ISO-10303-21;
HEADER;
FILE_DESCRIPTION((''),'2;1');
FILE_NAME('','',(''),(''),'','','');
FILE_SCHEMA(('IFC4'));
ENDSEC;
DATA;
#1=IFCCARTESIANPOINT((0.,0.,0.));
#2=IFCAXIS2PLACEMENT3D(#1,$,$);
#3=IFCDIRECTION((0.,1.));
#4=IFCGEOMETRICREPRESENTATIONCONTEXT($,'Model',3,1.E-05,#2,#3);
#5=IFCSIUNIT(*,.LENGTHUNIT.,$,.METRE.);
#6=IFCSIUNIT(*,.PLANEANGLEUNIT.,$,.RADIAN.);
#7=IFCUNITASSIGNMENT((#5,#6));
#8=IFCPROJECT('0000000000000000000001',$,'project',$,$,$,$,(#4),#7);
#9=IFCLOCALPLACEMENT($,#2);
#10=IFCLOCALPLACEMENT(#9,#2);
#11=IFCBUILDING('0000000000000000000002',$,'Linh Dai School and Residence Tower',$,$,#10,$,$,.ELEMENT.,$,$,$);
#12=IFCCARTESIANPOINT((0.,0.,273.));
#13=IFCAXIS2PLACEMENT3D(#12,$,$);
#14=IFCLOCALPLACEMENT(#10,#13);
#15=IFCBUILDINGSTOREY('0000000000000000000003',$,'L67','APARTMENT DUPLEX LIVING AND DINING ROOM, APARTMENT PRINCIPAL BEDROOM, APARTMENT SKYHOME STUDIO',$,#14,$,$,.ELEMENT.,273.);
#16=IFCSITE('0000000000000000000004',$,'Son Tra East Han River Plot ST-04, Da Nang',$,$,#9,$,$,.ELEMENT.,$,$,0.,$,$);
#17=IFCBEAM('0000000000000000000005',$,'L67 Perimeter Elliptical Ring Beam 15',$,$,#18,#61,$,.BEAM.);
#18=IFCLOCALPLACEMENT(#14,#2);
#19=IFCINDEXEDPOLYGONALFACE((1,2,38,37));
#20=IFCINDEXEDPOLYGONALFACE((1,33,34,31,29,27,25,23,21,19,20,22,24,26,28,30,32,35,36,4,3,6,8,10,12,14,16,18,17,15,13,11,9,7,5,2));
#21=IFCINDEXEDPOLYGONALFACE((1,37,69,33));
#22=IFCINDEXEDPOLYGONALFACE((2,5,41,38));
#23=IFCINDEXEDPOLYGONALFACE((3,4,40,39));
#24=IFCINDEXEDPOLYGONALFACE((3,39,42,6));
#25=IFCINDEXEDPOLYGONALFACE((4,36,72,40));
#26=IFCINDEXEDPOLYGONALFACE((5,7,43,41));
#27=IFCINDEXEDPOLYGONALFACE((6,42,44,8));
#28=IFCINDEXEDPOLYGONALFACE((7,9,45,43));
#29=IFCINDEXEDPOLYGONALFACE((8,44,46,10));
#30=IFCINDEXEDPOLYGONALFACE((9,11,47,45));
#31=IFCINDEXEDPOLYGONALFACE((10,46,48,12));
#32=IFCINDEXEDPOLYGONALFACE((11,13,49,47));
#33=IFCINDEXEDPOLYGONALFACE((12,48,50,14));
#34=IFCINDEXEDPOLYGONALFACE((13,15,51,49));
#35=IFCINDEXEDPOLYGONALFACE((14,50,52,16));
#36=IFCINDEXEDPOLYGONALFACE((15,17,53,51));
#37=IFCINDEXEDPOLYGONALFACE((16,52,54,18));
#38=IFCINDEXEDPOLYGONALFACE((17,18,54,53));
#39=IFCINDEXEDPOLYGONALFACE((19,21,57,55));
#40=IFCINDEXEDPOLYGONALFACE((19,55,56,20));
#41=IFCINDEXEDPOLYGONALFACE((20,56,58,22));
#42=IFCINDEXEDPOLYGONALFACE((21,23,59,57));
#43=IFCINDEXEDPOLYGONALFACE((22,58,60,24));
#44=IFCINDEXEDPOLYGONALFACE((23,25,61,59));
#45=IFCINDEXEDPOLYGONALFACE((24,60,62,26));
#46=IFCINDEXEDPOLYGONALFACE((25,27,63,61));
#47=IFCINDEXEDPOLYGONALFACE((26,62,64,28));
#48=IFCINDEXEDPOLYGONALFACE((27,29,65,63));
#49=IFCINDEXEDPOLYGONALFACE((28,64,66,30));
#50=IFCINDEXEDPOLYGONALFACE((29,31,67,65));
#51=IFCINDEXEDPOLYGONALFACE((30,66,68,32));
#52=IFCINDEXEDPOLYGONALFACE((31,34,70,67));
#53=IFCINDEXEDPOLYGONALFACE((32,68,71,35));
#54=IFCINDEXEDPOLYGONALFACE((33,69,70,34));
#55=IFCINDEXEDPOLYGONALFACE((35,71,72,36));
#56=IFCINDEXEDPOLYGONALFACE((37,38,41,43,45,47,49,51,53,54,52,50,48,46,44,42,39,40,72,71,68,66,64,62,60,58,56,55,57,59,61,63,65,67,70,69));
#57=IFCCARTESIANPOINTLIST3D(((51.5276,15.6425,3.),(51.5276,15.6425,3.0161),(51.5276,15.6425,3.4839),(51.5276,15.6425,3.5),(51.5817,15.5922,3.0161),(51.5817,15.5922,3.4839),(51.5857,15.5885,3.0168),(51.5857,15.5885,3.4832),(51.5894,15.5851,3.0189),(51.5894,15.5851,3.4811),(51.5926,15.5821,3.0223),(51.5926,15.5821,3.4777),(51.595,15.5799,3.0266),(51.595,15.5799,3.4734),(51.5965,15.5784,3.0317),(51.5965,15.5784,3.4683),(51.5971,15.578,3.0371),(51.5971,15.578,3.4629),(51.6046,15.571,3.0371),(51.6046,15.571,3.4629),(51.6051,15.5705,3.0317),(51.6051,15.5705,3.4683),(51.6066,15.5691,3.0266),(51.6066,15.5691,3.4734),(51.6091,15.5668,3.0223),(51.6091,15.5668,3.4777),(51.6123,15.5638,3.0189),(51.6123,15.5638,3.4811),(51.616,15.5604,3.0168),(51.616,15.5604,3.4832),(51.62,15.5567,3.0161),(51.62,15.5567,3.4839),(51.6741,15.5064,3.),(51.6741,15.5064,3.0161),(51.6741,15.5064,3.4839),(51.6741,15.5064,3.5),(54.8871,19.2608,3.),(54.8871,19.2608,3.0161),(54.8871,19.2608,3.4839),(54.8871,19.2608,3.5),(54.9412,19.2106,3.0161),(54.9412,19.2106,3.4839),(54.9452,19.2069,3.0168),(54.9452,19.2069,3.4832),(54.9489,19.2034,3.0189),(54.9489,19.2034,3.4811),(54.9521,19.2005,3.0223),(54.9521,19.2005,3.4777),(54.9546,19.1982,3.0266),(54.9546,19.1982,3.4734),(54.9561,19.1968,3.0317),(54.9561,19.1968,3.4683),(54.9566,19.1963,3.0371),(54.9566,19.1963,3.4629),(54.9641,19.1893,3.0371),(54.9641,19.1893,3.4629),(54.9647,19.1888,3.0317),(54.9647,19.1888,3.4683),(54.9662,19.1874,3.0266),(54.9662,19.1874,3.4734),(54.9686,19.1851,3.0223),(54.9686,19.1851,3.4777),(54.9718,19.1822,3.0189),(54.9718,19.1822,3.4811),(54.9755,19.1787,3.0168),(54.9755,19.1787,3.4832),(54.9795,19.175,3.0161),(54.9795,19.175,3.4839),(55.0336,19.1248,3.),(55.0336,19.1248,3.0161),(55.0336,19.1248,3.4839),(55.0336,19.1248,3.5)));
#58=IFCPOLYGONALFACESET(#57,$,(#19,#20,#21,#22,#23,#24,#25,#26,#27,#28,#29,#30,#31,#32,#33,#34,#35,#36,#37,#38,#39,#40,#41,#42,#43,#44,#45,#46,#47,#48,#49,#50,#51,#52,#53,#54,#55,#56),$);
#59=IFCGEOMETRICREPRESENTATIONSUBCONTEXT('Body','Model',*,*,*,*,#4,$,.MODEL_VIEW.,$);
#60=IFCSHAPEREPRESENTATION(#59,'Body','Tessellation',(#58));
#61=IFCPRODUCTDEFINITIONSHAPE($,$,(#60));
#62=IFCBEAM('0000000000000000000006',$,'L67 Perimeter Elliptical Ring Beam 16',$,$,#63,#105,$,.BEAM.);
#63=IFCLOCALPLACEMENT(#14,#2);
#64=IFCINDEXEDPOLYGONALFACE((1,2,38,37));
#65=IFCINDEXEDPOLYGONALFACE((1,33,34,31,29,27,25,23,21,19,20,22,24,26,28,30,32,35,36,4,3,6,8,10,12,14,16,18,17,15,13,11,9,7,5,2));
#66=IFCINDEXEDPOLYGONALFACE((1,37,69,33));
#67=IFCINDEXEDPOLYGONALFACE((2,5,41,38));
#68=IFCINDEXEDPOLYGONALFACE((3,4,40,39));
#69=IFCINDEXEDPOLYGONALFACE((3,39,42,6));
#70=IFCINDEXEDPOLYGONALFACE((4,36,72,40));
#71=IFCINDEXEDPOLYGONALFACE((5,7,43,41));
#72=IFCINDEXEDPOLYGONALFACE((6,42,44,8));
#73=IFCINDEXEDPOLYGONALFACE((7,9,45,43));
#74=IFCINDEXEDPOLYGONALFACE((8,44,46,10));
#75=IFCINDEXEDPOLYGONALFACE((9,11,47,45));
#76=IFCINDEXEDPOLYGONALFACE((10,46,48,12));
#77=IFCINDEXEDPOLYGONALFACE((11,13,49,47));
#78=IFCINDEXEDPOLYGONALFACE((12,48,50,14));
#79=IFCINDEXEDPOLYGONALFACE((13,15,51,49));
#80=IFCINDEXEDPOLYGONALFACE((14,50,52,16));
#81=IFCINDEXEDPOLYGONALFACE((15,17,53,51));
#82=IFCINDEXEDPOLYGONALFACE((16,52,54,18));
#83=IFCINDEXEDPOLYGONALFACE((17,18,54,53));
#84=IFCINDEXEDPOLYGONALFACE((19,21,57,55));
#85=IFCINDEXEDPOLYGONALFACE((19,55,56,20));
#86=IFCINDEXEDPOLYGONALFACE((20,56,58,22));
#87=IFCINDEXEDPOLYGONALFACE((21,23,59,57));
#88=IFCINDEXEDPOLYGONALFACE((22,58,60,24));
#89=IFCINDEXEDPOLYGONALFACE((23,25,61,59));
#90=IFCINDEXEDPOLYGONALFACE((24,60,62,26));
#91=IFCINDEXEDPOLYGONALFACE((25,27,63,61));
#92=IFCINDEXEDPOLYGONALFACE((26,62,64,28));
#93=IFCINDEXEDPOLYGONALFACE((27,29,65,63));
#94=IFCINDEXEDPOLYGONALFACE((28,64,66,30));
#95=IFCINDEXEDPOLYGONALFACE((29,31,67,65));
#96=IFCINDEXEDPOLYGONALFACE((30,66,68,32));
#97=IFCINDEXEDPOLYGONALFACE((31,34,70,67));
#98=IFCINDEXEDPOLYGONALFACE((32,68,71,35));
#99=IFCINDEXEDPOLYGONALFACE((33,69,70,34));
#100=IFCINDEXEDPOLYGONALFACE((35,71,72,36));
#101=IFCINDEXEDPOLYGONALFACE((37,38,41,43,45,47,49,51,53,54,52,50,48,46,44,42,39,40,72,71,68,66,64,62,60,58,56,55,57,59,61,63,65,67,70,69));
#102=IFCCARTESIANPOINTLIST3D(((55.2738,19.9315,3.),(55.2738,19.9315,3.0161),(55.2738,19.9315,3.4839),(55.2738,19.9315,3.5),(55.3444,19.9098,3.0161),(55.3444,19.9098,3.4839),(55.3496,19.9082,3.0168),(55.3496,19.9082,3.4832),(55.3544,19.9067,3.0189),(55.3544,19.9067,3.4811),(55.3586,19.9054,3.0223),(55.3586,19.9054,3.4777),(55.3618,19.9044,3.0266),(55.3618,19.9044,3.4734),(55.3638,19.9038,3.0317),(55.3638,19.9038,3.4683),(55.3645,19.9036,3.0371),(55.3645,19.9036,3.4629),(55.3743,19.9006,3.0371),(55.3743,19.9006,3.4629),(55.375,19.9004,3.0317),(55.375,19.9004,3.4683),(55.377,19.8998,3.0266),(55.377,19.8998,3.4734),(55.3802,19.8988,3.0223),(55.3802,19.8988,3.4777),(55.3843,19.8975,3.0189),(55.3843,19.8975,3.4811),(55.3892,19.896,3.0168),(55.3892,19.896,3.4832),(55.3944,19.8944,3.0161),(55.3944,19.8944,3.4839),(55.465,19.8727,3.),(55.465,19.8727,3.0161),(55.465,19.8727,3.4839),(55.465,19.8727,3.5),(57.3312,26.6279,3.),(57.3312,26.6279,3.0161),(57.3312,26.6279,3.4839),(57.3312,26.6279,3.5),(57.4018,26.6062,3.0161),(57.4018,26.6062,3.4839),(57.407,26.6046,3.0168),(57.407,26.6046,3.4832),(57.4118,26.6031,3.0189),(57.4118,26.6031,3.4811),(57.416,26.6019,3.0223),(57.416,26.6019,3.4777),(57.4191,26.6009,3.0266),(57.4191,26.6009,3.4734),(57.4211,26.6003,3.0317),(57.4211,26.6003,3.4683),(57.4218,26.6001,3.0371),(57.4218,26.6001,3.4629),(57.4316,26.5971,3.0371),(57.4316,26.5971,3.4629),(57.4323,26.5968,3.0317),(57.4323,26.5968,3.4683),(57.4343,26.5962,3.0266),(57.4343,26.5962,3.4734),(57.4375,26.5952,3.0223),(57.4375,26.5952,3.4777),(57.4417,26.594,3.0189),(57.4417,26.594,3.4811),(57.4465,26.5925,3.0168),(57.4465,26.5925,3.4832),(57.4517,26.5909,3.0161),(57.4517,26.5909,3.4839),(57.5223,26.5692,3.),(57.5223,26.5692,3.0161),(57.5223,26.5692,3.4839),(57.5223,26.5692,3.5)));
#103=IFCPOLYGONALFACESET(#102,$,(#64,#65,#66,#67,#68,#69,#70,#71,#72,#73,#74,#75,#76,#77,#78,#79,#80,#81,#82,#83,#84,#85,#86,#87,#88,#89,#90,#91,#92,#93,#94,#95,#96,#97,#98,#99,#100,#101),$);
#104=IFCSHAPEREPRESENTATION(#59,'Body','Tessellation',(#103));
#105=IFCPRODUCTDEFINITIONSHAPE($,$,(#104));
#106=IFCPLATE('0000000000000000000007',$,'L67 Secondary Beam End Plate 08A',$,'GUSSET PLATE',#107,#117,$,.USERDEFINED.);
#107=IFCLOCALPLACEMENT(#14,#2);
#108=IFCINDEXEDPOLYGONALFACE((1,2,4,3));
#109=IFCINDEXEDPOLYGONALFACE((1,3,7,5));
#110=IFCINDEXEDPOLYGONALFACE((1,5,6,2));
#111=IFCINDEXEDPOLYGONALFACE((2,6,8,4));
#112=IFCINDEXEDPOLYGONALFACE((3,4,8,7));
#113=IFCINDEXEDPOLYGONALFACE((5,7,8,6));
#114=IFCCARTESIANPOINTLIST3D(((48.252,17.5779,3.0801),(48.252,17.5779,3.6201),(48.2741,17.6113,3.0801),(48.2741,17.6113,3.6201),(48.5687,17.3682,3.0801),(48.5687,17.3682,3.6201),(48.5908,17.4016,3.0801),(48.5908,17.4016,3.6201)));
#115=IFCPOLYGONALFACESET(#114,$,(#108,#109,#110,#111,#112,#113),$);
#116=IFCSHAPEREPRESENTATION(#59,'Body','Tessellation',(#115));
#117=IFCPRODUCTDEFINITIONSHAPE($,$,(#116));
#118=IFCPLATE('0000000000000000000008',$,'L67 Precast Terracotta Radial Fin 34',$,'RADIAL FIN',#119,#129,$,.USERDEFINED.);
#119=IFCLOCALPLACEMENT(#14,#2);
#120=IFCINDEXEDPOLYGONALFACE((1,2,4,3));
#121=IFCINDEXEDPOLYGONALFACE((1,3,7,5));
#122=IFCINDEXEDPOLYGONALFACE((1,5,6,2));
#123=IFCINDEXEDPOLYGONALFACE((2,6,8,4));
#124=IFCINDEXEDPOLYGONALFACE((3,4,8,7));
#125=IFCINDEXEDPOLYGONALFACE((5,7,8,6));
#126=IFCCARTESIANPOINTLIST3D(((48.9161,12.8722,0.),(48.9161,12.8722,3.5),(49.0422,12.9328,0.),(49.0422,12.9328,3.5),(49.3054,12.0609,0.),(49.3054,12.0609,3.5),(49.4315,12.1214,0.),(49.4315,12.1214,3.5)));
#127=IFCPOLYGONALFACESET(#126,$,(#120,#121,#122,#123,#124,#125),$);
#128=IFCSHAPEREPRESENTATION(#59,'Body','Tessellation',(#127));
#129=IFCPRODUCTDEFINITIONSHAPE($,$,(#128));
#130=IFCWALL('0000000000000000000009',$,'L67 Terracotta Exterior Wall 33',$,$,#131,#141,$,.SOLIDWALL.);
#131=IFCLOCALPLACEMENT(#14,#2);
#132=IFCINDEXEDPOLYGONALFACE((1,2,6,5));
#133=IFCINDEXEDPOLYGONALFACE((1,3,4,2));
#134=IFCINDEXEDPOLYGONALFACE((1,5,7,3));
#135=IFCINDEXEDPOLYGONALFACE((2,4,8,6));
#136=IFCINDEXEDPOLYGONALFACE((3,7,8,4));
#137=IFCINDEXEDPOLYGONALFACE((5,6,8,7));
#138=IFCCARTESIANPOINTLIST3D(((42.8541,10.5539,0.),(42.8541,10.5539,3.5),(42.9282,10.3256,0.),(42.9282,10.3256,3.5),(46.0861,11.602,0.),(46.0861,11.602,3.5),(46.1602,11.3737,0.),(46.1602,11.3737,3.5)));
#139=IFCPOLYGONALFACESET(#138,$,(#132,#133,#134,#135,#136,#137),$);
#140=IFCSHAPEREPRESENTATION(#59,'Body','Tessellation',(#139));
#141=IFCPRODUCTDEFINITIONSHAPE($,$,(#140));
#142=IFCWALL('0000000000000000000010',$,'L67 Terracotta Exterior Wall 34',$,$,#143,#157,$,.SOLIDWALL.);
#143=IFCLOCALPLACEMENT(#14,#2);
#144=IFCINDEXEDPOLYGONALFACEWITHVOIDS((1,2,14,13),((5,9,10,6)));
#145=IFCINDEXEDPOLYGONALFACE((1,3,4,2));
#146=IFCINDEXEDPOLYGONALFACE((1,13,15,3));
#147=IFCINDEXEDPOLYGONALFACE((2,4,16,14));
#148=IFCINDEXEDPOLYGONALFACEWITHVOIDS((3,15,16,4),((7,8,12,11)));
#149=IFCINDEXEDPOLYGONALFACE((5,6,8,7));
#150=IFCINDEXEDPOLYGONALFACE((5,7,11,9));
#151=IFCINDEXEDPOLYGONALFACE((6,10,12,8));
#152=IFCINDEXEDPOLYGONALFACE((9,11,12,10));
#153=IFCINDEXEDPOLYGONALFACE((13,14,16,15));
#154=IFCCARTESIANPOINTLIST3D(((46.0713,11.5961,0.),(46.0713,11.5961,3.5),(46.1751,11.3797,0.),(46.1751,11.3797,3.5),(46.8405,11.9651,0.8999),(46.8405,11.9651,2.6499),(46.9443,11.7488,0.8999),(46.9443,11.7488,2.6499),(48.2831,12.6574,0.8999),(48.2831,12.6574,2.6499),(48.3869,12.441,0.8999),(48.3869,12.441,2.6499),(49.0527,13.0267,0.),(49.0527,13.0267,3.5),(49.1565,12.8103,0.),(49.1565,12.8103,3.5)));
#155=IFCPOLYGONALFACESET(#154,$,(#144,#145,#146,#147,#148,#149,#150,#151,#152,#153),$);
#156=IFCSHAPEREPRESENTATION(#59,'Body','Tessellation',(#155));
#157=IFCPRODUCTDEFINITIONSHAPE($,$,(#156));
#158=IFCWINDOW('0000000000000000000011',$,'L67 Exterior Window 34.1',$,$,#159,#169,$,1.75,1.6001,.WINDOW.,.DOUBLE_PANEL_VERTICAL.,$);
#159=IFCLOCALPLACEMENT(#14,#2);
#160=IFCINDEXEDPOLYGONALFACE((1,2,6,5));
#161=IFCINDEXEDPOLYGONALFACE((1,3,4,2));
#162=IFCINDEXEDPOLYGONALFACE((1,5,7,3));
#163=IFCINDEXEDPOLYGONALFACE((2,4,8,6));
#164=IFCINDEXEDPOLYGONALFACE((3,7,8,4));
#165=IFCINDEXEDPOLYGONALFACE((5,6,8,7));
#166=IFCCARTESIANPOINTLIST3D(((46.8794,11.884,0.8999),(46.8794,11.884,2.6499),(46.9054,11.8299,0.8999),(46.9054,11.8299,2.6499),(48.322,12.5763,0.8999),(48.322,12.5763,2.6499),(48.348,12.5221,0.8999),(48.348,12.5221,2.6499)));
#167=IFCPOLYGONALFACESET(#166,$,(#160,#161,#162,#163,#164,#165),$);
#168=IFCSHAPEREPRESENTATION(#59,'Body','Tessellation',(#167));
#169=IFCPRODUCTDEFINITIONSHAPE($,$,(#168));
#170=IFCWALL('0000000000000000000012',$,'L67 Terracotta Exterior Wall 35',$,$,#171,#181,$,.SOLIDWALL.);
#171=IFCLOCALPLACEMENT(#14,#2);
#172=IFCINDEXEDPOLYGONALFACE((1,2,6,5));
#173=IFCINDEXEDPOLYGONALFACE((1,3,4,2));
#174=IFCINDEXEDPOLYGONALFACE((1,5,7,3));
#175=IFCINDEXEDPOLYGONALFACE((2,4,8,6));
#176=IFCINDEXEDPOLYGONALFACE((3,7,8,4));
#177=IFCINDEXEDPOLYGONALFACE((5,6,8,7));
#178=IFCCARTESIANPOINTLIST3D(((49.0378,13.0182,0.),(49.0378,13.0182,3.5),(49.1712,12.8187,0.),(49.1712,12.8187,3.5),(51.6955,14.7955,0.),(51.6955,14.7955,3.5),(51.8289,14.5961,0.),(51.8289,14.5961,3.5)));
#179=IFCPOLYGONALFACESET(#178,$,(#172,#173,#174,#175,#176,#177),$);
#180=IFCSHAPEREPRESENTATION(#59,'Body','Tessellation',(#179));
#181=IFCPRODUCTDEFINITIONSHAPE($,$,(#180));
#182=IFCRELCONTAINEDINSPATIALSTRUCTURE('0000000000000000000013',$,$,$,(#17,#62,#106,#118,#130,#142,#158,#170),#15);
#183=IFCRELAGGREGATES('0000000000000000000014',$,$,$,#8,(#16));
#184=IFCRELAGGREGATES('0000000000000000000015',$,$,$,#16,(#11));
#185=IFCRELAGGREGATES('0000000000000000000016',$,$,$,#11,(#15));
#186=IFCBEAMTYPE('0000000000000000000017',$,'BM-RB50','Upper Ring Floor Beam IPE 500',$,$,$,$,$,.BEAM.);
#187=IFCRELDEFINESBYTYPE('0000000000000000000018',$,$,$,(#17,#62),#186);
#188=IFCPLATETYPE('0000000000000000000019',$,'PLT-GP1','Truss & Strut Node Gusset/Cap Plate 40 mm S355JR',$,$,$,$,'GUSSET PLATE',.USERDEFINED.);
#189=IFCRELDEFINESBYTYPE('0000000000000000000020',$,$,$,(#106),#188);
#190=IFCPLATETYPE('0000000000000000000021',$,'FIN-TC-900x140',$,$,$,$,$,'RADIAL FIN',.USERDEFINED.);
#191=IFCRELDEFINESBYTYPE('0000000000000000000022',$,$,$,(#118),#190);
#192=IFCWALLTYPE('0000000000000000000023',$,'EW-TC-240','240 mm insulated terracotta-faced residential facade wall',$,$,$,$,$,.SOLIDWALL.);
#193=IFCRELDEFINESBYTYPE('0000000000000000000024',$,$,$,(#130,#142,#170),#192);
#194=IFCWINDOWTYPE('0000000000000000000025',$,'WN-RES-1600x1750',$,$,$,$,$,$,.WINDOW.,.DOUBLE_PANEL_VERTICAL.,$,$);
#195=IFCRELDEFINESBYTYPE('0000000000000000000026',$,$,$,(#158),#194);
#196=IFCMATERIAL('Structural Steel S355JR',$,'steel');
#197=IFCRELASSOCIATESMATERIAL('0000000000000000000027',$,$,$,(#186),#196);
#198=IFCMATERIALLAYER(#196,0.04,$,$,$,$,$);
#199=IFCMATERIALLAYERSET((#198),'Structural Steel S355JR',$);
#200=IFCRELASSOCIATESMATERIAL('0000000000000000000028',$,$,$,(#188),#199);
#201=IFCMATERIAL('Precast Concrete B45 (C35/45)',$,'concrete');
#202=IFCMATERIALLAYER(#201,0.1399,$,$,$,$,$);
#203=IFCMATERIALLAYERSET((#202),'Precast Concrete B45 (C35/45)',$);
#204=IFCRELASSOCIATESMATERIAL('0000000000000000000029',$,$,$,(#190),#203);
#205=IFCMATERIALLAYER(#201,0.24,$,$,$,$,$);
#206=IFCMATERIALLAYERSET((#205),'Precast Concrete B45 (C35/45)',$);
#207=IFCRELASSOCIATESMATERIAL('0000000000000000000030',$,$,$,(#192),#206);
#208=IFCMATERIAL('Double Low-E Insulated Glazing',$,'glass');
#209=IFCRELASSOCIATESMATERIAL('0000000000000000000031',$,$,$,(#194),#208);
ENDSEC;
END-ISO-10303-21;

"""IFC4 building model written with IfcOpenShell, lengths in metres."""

from ifc_helpers import new_model, si_unit, direction, frame, frame_2d, origin, origin_2d, place, context, subcontext, project, spatial, rectangle, i_section, extrude, source, transform, mapped, material, layer, layer_set, material_profile, profile_set, type_object, element, fill, save


model = new_model("IFC4")

# Units and contexts
model_context = context("Model", 3, precision=1e-05, world=origin(), true_north=direction((0.0, 1.0)))
body_context = subcontext(model_context, "Body", "Model", "MODEL_VIEW")
ifc_project = project(units=[si_unit("LENGTHUNIT", "METRE"), si_unit("PLANEANGLEUNIT", "RADIAN")], contexts=[model_context])

# Site, building, storey
site_placement = place(None, origin())
site = spatial("IfcSite", under=ifc_project, at=site_placement, Name="Son Tra East Han River Plot ST-04, Da Nang", CompositionType="ELEMENT", RefElevation=0.0)
building_placement = place(site_placement, origin())
building = spatial("IfcBuilding", under=site, at=building_placement, Name="Linh Dai School and Residence Tower", CompositionType="ELEMENT")
storey_placement = place(building_placement, frame((0.0, 0.0, 273.0)))
storey = spatial("IfcBuildingStorey", under=building, at=storey_placement, Name="L67", Description="APARTMENT DUPLEX LIVING AND DINING ROOM, APARTMENT PRINCIPAL BEDROOM, APARTMENT SKYHOME STUDIO", CompositionType="ELEMENT", Elevation=273.0)

# Shared definitions
ifc_material_1 = material(Name="Structural Steel S355JR", Category="steel")

# Beams
ifc_material_profile_1 = material_profile(ifc_material_1, i_section(OverallWidth=0.2, OverallDepth=0.5, WebThickness=0.0103, FlangeThickness=0.0161, FilletRadius=0.021, at=origin_2d()), Name="IPE 500")
ifc_profile_set_1 = profile_set([ifc_material_profile_1], Name="Structural Steel S355JR")
beam_type_1 = type_object("IfcBeamType", Name="BM-RB50", Description="Upper Ring Floor Beam IPE 500", PredefinedType="BEAM", material=ifc_profile_set_1)
beam_1_placement = place(storey_placement, frame((51.6008, 15.5745, 3.25), z_axis=(0.680415, 0.732827, 0.0), x_axis=(-0.732827, 0.680415, 0.0)))
element("IfcBeam", 1, at=beam_1_placement, inside=storey, type_object=beam_type_1, Name="L67 Perimeter Elliptical Ring Beam 15", PredefinedType="BEAM", context=body_context, shape_type="SweptSolid", body=[
    extrude(i_section(OverallWidth=0.2, OverallDepth=0.5, WebThickness=0.0103, FlangeThickness=0.0161, FilletRadius=0.021, at=origin_2d()), origin(), (0.0, 0.0, 1.0), 4.9375),
])
beam_2_placement = place(storey_placement, frame((55.3694, 19.9021, 3.25), z_axis=(0.293682, 0.955903, 0.0), x_axis=(-0.955903, 0.293682, 0.0)))
element("IfcBeam", 2, at=beam_2_placement, inside=storey, type_object=beam_type_1, Name="L67 Perimeter Elliptical Ring Beam 16", PredefinedType="BEAM", context=body_context, shape_type="SweptSolid", body=[
    extrude(i_section(OverallWidth=0.2, OverallDepth=0.5, WebThickness=0.0103, FlangeThickness=0.0161, FilletRadius=0.021, at=origin_2d()), origin(), (0.0, 0.0, 1.0), 7.0054),
])

# Plates
ifc_layer_1 = layer(ifc_material_1, 0.04)
ifc_layer_set_1 = layer_set([ifc_layer_1], Name="Structural Steel S355JR")
plate_type_1 = type_object("IfcPlateType", Name="PLT-GP1", Description="Truss & Strut Node Gusset/Cap Plate 40 mm S355JR", ElementType="GUSSET PLATE", PredefinedType="USERDEFINED", material=ifc_layer_set_1)
shared_shape_1 = source(origin(), body_context, "Body", "SweptSolid", [
    extrude(rectangle(XDim=0.04, YDim=0.3799, at=origin_2d()), origin(), (0.0, 0.0, 1.0), 0.54),
])
plate_1_placement = place(storey_placement, frame((48.4214, 17.4897, 3.0801), z_axis=(0.0, 0.0, 1.0), x_axis=(0.552122, 0.833763, 0.0)))
element("IfcPlate", 3, at=plate_1_placement, inside=storey, type_object=plate_type_1, Name="L67 Secondary Beam End Plate 08A", ObjectType="GUSSET PLATE", PredefinedType="USERDEFINED", context=body_context, shape_type="MappedRepresentation", body=[
    mapped(shared_shape_1, transform((0.0, 0.0, 0.0), x_axis=(1.0, 0.0, 0.0), y_axis=(0.0, 1.0, 0.0), z_axis=(0.0, 0.0, 1.0), scale=1.0)),
])
ifc_material_2 = material(Name="Precast Concrete B45 (C35/45)", Category="concrete")
ifc_layer_2 = layer(ifc_material_2, 0.1399)
ifc_layer_set_2 = layer_set([ifc_layer_2], Name="Precast Concrete B45 (C35/45)")
plate_type_2 = type_object("IfcPlateType", Name="FIN-TC-900x140", ElementType="RADIAL FIN", PredefinedType="USERDEFINED", material=ifc_layer_set_2)
shared_shape_2 = source(origin(), body_context, "Body", "SweptSolid", [
    extrude(rectangle(XDim=0.8999, YDim=0.1399, at=origin_2d()), origin(), (0.0, 0.0, 1.0), 3.5),
])
plate_2_placement = place(storey_placement, frame((49.1738, 12.4968, 0.0), z_axis=(0.0, 0.0, 1.0), x_axis=(0.432612, -0.90158, 0.0)))
element("IfcPlate", 4, at=plate_2_placement, inside=storey, type_object=plate_type_2, Name="L67 Precast Terracotta Radial Fin 34", ObjectType="RADIAL FIN", PredefinedType="USERDEFINED", context=body_context, shape_type="MappedRepresentation", body=[
    mapped(shared_shape_2, transform((0.0, 0.0, 0.0), x_axis=(1.0, 0.0, 0.0), y_axis=(0.0, 1.0, 0.0), z_axis=(0.0, 0.0, 1.0), scale=1.0)),
])

# Wall
ifc_layer_3 = layer(ifc_material_2, 0.24)
ifc_layer_set_3 = layer_set([ifc_layer_3], Name="Precast Concrete B45 (C35/45)")
wall_type_1 = type_object("IfcWallType", Name="EW-TC-240", Description="240 mm insulated terracotta-faced residential facade wall", PredefinedType="SOLIDWALL", material=ifc_layer_set_3)
wall_1_placement = place(storey_placement, frame((46.123, 11.4878, 0.0), z_axis=(0.0, 0.0, 1.0), x_axis=(-0.951231, -0.308478, 0.0)))
element("IfcWall", 5, at=wall_1_placement, inside=storey, type_object=wall_type_1, Name="L67 Terracotta Exterior Wall 33", PredefinedType="SOLIDWALL", context=body_context, shape_type="SweptSolid", body=[
    extrude(rectangle(XDim=3.3977, YDim=0.24, at=frame_2d((1.6987, 0.0))), origin(), (0.0, 0.0, 1.0), 3.5),
])

# Wall, opening, window
wall_2_placement = place(storey_placement, frame((49.1045, 12.9185, 0.0), z_axis=(0.0, 0.0, 1.0), x_axis=(-0.901574, -0.432625, 0.0)))
wall_2 = element("IfcWall", 6, at=wall_2_placement, inside=storey, type_object=wall_type_1, Name="L67 Terracotta Exterior Wall 34", PredefinedType="SOLIDWALL", context=body_context, shape_type="SweptSolid", body=[
    extrude(rectangle(XDim=3.3069, YDim=0.24, at=frame_2d((1.6533, 0.0))), origin(), (0.0, 0.0, 1.0), 3.5),
])
opening_1_placement = place(wall_2_placement, frame((0.8535, 0.0, 0.8999)))
opening_1 = element("IfcOpeningElement", 7, at=opening_1_placement, cuts=wall_2, PredefinedType="OPENING", context=body_context, shape_type="SweptSolid", body=[
    extrude(rectangle(XDim=1.6001, YDim=1.75, at=origin_2d()), frame((0.8, 0.1299, 0.875), z_axis=(0.0, -1.0, 0.0), x_axis=(1.0, 0.0, 0.0)), (0.0, 0.0, 1.0), 0.26),
])
ifc_material_3 = material(Name="Double Low-E Insulated Glazing", Category="glass")
window_type = type_object("IfcWindowType", Name="WN-RES-1600x1750", PartitioningType="DOUBLE_PANEL_VERTICAL", PredefinedType="WINDOW", material=ifc_material_3)
shared_shape_3 = source(origin(), body_context, "Body", "SweptSolid", [
    extrude(rectangle(XDim=1.6001, YDim=1.75, at=origin_2d()), frame((0.8, 0.03, 0.875), z_axis=(0.0, -1.0, 0.0), x_axis=(1.0, 0.0, 0.0)), (0.0, 0.0, 1.0), 0.0601),
])
window_placement = place(opening_1_placement, origin())
window = element("IfcWindow", 8, at=window_placement, inside=storey, type_object=window_type, Name="L67 Exterior Window 34.1", OverallHeight=1.75, OverallWidth=1.6001, PartitioningType="DOUBLE_PANEL_VERTICAL", PredefinedType="WINDOW", context=body_context, shape_type="MappedRepresentation", body=[
    mapped(shared_shape_3, transform((0.0, 0.0, 0.0), x_axis=(1.0, 0.0, 0.0), y_axis=(0.0, 1.0, 0.0), z_axis=(0.0, 0.0, 1.0), scale=1.0)),
])
fill(opening_1, window)

# Wall
wall_3_placement = place(storey_placement, frame((51.7622, 14.6958, 0.0), z_axis=(0.0, 0.0, 1.0), x_axis=(-0.831251, -0.555898, 0.0)))
element("IfcWall", 9, at=wall_3_placement, inside=storey, type_object=wall_type_1, Name="L67 Terracotta Exterior Wall 35", PredefinedType="SOLIDWALL", context=body_context, shape_type="SweptSolid", body=[
    extrude(rectangle(XDim=3.1973, YDim=0.24, at=frame_2d((1.5986, 0.0))), origin(), (0.0, 0.0, 1.0), 3.5),
])

save(model, "model.ifc")
